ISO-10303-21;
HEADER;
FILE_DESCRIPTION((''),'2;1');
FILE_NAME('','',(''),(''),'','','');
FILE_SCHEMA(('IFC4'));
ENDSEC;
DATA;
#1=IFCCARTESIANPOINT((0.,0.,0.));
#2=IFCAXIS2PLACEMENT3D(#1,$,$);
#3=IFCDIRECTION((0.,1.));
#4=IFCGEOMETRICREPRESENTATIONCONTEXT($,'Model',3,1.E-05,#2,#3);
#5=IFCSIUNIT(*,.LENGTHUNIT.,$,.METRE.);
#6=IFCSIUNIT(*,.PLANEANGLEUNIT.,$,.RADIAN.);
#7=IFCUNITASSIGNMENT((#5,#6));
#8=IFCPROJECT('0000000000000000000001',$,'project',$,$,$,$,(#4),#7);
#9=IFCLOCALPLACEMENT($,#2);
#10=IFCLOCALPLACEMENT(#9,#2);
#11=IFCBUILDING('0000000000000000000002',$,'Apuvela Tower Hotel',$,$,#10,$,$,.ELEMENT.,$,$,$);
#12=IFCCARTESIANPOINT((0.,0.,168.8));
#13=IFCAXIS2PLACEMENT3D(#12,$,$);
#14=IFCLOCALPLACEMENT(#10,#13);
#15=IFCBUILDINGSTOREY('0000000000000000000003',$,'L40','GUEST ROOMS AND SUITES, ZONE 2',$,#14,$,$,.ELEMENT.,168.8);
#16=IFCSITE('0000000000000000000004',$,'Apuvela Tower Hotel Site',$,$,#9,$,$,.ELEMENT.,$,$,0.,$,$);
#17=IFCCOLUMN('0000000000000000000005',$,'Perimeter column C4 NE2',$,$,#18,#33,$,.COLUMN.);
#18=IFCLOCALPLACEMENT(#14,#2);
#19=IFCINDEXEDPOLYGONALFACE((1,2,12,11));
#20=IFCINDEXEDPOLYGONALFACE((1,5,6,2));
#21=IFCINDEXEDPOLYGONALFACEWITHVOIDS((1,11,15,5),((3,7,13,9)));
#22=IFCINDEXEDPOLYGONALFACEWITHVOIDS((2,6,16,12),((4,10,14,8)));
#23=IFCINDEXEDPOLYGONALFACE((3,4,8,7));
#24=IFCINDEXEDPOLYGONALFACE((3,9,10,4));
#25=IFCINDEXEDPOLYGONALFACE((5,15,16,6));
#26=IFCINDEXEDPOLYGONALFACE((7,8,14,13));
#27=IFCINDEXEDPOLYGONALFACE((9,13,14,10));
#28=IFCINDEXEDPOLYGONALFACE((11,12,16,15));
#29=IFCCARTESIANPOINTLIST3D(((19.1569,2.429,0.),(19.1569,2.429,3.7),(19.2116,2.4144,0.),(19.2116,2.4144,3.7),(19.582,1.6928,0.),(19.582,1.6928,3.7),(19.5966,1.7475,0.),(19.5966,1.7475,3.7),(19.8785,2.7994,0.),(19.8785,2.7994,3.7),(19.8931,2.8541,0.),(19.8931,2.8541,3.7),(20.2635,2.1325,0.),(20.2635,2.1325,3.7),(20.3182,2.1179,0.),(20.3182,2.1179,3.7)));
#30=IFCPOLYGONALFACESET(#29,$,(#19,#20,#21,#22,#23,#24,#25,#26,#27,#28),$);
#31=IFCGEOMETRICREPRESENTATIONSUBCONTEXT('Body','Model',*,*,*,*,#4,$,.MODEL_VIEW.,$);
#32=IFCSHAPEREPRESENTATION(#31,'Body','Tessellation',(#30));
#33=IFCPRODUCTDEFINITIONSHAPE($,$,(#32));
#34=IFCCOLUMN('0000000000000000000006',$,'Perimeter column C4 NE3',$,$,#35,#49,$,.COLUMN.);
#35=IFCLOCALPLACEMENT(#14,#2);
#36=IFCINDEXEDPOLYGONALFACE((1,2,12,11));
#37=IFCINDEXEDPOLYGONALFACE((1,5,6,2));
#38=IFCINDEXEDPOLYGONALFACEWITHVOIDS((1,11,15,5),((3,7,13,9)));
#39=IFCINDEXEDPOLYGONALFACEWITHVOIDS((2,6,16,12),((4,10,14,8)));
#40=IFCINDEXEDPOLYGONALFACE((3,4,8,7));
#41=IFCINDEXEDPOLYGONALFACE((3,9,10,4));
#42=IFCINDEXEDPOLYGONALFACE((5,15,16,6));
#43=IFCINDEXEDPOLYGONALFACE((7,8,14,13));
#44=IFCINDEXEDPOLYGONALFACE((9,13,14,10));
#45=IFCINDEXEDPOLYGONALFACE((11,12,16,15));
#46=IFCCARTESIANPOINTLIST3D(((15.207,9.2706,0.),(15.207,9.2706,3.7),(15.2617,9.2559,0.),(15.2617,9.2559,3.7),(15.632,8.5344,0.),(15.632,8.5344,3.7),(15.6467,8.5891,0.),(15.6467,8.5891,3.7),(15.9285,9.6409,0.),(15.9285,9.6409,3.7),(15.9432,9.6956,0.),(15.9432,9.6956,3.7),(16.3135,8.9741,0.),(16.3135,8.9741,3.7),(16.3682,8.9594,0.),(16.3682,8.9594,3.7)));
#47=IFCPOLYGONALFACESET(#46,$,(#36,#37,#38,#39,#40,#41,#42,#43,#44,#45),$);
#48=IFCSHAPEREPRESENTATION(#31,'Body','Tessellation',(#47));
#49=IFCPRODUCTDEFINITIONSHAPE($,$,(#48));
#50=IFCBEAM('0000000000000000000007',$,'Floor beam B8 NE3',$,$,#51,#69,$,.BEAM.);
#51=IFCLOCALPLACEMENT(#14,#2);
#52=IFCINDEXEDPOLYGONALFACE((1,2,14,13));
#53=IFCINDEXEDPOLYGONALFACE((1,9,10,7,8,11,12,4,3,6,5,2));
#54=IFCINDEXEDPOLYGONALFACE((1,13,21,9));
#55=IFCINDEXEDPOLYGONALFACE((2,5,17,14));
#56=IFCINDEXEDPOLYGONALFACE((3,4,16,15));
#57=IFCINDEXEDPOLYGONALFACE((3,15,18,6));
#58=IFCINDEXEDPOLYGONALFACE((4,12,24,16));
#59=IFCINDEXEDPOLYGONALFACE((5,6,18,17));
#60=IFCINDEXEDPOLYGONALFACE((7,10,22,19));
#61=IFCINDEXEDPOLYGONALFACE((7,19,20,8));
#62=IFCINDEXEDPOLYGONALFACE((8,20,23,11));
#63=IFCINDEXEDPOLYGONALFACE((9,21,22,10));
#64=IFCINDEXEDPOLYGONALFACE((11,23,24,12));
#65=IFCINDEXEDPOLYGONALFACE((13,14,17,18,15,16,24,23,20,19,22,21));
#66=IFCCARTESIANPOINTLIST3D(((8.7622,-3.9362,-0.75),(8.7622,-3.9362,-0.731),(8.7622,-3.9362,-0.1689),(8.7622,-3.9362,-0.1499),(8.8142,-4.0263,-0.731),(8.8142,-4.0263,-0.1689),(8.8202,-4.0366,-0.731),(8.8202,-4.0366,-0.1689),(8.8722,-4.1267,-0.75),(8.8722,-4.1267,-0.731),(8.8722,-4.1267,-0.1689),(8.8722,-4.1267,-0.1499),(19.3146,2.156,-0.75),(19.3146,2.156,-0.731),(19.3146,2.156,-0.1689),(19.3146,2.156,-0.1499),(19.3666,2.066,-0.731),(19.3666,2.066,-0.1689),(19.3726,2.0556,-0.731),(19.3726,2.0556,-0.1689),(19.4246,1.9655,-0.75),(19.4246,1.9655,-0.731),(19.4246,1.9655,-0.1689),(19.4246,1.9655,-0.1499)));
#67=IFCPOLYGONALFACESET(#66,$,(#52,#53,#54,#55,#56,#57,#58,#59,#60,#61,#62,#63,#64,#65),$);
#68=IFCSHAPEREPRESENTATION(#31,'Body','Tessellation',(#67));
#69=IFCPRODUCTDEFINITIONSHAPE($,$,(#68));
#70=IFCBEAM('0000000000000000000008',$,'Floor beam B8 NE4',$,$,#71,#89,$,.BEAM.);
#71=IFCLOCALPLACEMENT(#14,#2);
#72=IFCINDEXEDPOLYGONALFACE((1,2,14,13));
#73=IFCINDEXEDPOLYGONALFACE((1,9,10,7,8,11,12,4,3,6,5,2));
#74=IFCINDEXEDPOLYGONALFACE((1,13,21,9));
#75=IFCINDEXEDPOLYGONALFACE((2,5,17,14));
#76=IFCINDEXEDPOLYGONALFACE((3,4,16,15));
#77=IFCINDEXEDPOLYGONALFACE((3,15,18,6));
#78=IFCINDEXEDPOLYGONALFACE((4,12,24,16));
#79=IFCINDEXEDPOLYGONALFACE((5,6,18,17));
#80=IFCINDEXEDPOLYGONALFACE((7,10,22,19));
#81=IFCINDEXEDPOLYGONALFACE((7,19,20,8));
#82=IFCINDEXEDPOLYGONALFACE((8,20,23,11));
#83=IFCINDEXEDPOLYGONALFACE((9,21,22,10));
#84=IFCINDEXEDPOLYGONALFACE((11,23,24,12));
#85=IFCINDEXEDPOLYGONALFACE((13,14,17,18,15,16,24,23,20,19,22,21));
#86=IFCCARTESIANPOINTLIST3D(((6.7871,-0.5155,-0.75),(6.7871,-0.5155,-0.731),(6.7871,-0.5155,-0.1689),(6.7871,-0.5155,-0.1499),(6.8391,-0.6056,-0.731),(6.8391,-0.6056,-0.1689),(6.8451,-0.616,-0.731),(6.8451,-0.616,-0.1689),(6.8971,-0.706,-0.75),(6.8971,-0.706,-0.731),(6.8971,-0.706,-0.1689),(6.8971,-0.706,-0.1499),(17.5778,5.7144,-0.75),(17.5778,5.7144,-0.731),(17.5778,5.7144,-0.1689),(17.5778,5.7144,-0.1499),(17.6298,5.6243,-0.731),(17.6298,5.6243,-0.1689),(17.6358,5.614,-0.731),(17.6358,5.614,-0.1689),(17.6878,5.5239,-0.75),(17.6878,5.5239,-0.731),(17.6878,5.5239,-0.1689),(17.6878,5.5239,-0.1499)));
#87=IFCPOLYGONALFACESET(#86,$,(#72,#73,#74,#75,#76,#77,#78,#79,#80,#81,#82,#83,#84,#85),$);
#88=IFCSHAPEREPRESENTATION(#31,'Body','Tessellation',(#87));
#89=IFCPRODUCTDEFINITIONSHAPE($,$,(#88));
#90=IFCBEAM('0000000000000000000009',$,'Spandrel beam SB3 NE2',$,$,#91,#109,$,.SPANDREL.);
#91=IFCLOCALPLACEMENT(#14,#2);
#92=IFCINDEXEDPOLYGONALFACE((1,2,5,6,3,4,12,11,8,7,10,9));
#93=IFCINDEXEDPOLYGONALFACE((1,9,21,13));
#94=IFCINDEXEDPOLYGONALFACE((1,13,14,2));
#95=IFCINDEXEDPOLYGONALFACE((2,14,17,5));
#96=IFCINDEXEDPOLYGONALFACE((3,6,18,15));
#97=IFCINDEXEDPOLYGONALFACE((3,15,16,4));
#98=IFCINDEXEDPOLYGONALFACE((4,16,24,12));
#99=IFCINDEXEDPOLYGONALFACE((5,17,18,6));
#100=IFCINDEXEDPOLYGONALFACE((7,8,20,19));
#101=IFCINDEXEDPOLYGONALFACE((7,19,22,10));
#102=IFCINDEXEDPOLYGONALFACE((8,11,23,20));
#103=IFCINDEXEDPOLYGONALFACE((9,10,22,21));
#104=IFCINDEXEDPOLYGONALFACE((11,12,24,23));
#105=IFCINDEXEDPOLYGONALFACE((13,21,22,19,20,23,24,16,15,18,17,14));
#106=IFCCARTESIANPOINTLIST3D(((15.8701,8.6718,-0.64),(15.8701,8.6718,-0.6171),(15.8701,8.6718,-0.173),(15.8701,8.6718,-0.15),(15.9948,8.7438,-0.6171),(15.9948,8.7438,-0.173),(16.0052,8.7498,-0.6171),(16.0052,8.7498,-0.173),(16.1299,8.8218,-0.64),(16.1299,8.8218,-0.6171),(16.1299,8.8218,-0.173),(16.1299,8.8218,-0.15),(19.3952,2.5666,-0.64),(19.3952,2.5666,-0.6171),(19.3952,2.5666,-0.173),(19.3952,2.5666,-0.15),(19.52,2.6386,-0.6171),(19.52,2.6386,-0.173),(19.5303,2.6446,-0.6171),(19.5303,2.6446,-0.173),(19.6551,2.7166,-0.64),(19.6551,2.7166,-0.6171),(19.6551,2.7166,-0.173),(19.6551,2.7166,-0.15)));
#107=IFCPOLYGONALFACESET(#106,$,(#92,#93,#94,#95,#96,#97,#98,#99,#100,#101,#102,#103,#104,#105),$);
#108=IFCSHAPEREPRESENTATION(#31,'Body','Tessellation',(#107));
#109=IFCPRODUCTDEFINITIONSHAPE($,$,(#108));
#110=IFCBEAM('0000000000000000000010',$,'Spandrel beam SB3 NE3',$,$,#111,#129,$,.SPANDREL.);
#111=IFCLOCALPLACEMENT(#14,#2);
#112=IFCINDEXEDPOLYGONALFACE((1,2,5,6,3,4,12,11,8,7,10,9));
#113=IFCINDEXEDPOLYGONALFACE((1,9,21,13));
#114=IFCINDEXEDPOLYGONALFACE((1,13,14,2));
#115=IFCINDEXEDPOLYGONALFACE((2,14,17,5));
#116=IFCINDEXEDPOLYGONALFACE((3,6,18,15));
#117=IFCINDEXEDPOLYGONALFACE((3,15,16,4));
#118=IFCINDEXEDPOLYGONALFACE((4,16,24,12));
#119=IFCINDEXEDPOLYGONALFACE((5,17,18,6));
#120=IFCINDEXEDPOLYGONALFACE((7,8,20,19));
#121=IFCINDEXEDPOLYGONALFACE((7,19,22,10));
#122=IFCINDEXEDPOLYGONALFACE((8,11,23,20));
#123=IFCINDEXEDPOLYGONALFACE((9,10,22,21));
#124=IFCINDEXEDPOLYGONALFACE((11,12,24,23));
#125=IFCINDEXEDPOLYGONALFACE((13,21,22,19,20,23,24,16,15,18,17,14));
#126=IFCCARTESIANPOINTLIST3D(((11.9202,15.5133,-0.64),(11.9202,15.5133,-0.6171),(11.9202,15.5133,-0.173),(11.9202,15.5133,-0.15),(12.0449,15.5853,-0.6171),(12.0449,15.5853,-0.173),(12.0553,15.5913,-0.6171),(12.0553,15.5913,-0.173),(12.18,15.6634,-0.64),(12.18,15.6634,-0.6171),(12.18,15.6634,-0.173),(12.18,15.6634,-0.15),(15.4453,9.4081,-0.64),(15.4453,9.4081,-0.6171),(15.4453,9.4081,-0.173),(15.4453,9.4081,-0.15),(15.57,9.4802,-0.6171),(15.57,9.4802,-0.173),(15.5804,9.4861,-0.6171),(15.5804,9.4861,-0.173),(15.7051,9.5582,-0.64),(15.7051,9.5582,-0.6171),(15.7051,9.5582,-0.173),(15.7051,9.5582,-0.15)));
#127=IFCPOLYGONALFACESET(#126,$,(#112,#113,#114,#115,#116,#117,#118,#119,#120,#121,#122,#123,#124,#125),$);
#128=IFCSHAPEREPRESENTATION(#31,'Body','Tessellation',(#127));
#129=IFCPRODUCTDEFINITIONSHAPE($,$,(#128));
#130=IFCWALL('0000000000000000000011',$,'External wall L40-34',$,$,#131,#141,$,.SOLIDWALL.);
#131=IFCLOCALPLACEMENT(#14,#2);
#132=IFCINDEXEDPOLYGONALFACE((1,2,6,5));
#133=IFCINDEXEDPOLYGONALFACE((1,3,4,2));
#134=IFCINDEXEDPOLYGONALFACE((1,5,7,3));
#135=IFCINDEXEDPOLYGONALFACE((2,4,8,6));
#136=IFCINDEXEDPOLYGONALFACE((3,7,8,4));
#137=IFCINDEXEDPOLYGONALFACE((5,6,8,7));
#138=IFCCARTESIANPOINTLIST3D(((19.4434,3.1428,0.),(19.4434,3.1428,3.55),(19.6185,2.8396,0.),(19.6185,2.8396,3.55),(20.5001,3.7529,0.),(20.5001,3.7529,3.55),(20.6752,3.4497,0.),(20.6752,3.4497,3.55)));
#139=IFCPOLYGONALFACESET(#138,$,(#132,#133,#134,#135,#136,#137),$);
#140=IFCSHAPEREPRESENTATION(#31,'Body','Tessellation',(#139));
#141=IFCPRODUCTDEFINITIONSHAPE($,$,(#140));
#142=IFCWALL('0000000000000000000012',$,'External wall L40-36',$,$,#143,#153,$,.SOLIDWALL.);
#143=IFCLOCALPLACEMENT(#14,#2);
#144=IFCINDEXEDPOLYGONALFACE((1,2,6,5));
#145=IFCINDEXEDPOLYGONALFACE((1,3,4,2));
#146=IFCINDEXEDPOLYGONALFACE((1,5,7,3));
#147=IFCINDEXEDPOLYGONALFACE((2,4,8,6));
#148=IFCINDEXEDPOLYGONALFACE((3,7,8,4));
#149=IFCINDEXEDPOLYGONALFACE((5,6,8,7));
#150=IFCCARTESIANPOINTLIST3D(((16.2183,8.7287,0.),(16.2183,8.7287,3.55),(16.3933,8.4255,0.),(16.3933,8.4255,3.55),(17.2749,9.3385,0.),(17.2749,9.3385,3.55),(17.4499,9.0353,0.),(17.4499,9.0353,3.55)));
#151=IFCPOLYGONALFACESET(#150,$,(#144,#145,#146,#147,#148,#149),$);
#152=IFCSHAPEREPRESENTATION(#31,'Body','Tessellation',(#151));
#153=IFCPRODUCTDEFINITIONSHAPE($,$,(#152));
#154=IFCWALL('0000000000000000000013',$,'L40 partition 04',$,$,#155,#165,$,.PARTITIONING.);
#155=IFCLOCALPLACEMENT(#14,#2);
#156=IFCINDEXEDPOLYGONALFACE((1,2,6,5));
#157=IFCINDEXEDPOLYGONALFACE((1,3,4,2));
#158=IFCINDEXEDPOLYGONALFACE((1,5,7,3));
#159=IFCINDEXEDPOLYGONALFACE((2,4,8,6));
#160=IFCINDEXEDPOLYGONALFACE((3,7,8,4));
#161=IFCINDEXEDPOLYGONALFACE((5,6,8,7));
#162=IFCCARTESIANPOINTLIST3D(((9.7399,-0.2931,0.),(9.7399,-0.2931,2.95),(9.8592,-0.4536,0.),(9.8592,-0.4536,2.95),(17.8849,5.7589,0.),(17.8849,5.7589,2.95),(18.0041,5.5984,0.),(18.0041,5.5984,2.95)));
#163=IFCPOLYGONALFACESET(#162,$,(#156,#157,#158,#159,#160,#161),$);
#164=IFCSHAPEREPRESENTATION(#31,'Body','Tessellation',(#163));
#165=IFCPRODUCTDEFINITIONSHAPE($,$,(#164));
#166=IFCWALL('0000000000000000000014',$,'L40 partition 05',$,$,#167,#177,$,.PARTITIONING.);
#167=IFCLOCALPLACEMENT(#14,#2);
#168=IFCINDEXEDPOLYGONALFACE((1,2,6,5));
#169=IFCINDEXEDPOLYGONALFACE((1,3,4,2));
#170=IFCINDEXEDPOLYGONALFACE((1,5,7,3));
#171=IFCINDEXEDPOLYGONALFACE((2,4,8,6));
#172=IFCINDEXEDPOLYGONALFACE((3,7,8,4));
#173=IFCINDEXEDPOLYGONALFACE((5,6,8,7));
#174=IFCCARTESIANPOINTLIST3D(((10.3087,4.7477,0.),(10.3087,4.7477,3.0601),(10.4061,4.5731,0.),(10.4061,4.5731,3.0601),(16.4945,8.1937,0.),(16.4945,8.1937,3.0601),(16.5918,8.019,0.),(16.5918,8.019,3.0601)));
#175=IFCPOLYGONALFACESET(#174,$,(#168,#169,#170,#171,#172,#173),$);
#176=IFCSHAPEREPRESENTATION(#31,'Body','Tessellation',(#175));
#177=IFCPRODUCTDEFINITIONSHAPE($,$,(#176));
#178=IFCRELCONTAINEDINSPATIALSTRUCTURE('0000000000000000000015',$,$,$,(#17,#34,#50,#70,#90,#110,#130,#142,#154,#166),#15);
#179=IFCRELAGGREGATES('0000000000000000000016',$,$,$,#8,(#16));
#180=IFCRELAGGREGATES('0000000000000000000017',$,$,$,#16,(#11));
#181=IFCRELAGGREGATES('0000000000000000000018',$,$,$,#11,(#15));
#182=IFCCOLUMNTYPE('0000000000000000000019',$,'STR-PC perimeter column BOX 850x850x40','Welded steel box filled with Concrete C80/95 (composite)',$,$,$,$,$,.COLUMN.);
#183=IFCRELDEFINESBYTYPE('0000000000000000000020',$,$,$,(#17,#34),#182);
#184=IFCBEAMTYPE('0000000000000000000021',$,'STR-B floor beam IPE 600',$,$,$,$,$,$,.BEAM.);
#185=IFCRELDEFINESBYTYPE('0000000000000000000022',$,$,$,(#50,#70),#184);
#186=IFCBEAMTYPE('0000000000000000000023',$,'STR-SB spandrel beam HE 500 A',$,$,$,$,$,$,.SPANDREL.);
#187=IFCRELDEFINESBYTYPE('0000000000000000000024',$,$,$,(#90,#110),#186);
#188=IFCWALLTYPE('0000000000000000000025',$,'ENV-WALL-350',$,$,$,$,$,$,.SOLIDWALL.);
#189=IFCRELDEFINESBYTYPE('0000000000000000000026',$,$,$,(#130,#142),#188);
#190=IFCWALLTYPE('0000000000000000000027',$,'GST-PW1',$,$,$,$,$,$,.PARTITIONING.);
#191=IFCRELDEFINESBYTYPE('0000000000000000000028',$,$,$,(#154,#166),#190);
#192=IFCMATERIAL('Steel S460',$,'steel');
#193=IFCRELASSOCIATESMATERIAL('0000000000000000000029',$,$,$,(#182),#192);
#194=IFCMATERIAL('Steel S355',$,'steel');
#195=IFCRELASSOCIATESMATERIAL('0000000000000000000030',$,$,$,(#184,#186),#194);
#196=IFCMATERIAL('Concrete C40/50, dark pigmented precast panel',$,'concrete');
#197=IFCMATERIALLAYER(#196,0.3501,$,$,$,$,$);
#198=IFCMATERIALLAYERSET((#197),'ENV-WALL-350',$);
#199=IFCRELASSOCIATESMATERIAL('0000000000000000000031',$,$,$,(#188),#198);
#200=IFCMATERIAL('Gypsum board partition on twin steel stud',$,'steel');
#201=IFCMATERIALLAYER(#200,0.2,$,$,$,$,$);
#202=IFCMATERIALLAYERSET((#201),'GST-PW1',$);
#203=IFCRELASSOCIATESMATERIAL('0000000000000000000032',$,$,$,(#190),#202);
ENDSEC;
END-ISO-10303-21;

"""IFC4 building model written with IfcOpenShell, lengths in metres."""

from ifc_helpers import new_model, si_unit, direction, frame, frame_2d, origin, origin_2d, place, context, subcontext, project, spatial, rectangle, hollow_rectangle, i_section, extrude, material, layer, layer_set, material_profile, profile_set, type_object, element, save


model = new_model("IFC4")

# Units and contexts
model_context = context("Model", 3, precision=1e-05, world=origin(), true_north=direction((0.0, 1.0)))
body_context = subcontext(model_context, "Body", "Model", "MODEL_VIEW")
ifc_project = project(units=[si_unit("LENGTHUNIT", "METRE"), si_unit("PLANEANGLEUNIT", "RADIAN")], contexts=[model_context])

# Site, building, storey
site_placement = place(None, origin())
site = spatial("IfcSite", under=ifc_project, at=site_placement, Name="Apuvela Tower Hotel Site", CompositionType="ELEMENT", RefElevation=0.0)
building_placement = place(site_placement, origin())
building = spatial("IfcBuilding", under=site, at=building_placement, Name="Apuvela Tower Hotel", CompositionType="ELEMENT")
storey_placement = place(building_placement, frame((0.0, 0.0, 168.8)))
storey = spatial("IfcBuildingStorey", under=building, at=storey_placement, Name="L40", Description="GUEST ROOMS AND SUITES, ZONE 2", CompositionType="ELEMENT", Elevation=168.8)

# Columns
ifc_material_1 = material(Name="Steel S460", Category="steel")
ifc_material_profile_1 = material_profile(ifc_material_1, hollow_rectangle(XDim=0.8501, YDim=0.8501, WallThickness=0.04, at=origin_2d()), Name="BOX 850x850x40")
ifc_material_2 = material(Name="Concrete C80/95", Category="concrete")
ifc_material_profile_2 = material_profile(ifc_material_2, rectangle(XDim=0.77, YDim=0.77, at=origin_2d()), Name="Concrete C80/95 infill")
ifc_profile_set_1 = profile_set([ifc_material_profile_1, ifc_material_profile_2], Name="Steel S460")
column_type = type_object("IfcColumnType", Name="STR-PC perimeter column BOX 850x850x40", Description="Welded steel box filled with Concrete C80/95 (composite)", PredefinedType="COLUMN", material=ifc_profile_set_1)
for number, where, z_axis, x_axis, name in (
    (1, (19.7375, 2.2734, 0.0), (0.0, 0.0, 1.0), (-0.5, 0.866025, 0.0), "Perimeter column C4 NE2"),
    (2, (15.7876, 9.115, 0.0), (0.0, 0.0, 1.0), (-0.5, 0.866025, 0.0), "Perimeter column C4 NE3"),
):
    element("IfcColumn", number, at=place(storey_placement, frame(where, z_axis=z_axis, x_axis=x_axis)), inside=storey, type_object=column_type, Name=name, PredefinedType="COLUMN", context=body_context, shape_type="SweptSolid", body=[
        extrude(hollow_rectangle(XDim=0.8501, YDim=0.8501, WallThickness=0.04, at=origin_2d()), origin(), (0.0, 0.0, 1.0), 3.7),
    ])

# Beams
ifc_material_3 = material(Name="Steel S355", Category="steel")
ifc_material_profile_3 = material_profile(ifc_material_3, i_section(OverallWidth=0.22, OverallDepth=0.6001, WebThickness=0.012, FlangeThickness=0.019, at=origin_2d()), Name="IPE 600")
ifc_profile_set_2 = profile_set([ifc_material_profile_3], Name="Steel S355")
beam_type_1 = type_object("IfcBeamType", Name="STR-B floor beam IPE 600", PredefinedType="BEAM", material=ifc_profile_set_2)
beam_1_placement = place(storey_placement, frame((19.3696, 2.0608, -0.45), z_axis=(-0.866032, -0.499988, 0.0), x_axis=(0.499988, -0.866032, 0.0)))
element("IfcBeam", 3, at=beam_1_placement, inside=storey, type_object=beam_type_1, Name="Floor beam B8 NE3", PredefinedType="BEAM", context=body_context, shape_type="SweptSolid", body=[
    extrude(i_section(OverallWidth=0.22, OverallDepth=0.6001, WebThickness=0.012, FlangeThickness=0.019, at=origin_2d()), origin(), (0.0, 0.0, 1.0), 12.1848),
])
beam_2_placement = place(storey_placement, frame((17.6328, 5.6191, -0.45), z_axis=(-0.866028, -0.499996, 0.0), x_axis=(0.499996, -0.866028, 0.0)))
element("IfcBeam", 4, at=beam_2_placement, inside=storey, type_object=beam_type_1, Name="Floor beam B8 NE4", PredefinedType="BEAM", context=body_context, shape_type="SweptSolid", body=[
    extrude(i_section(OverallWidth=0.22, OverallDepth=0.6001, WebThickness=0.012, FlangeThickness=0.019, at=origin_2d()), origin(), (0.0, 0.0, 1.0), 12.46),
])
ifc_material_profile_4 = material_profile(ifc_material_3, i_section(OverallWidth=0.3, OverallDepth=0.49, WebThickness=0.012, FlangeThickness=0.0229, at=origin_2d()), Name="HE 500 A")
ifc_profile_set_3 = profile_set([ifc_material_profile_4], Name="Steel S355")
beam_type_2 = type_object("IfcBeamType", Name="STR-SB spandrel beam HE 500 A", PredefinedType="SPANDREL", material=ifc_profile_set_3)
for number, where, z_axis, x_axis, name in (
    (5, (19.5251, 2.6416, -0.395), (-0.500031, 0.866007, 0.0), (-0.866007, -0.500031, 0.0), "Spandrel beam SB3 NE2"),
    (6, (15.5752, 9.4832, -0.395), (-0.500031, 0.866007, 0.0), (-0.866007, -0.500031, 0.0), "Spandrel beam SB3 NE3"),
):
    element("IfcBeam", number, at=place(storey_placement, frame(where, z_axis=z_axis, x_axis=x_axis)), inside=storey, type_object=beam_type_2, Name=name, PredefinedType="SPANDREL", context=body_context, shape_type="SweptSolid", body=[
        extrude(i_section(OverallWidth=0.3, OverallDepth=0.49, WebThickness=0.012, FlangeThickness=0.0229, at=origin_2d()), origin(), (0.0, 0.0, 1.0), 7.0498),
    ])

# Wall
ifc_material_4 = material(Name="Concrete C40/50, dark pigmented precast panel", Category="concrete")
ifc_layer_1 = layer(ifc_material_4, 0.3501)
ifc_layer_set_1 = layer_set([ifc_layer_1], Name="ENV-WALL-350")
wall_type_1 = type_object("IfcWallType", Name="ENV-WALL-350", PredefinedType="SOLIDWALL", material=ifc_layer_set_1)
wall_1_placement = place(storey_placement, frame((20.5876, 3.6013, 0.0), z_axis=(0.0, 0.0, 1.0), x_axis=(-0.866006, -0.500034, 0.0)))
element("IfcWall", 7, at=wall_1_placement, inside=storey, type_object=wall_type_1, Name="External wall L40-34", PredefinedType="SOLIDWALL", context=body_context, shape_type="SweptSolid", body=[
    extrude(rectangle(XDim=1.2202, YDim=0.3501, at=frame_2d((0.6101, 0.0))), origin(), (0.0, 0.0, 1.0), 3.55),
])

# Wall
wall_2_placement = place(storey_placement, frame((16.3059, 8.5771, 0.0), z_axis=(0.0, 0.0, 1.0), x_axis=(0.866092, 0.499884, 0.0)))
element("IfcWall", 8, at=wall_2_placement, inside=storey, type_object=wall_type_1, Name="External wall L40-36", PredefinedType="SOLIDWALL", context=body_context, shape_type="SweptSolid", body=[
    extrude(rectangle(XDim=1.22, YDim=0.3501, at=frame_2d((0.6099, 0.0))), origin(), (0.0, 0.0, 1.0), 3.55),
])

# Walls
ifc_material_5 = material(Name="Gypsum board partition on twin steel stud", Category="steel")
ifc_layer_2 = layer(ifc_material_5, 0.2)
ifc_layer_set_2 = layer_set([ifc_layer_2], Name="GST-PW1")
wall_type_2 = type_object("IfcWallType", Name="GST-PW1", PredefinedType="PARTITIONING", material=ifc_layer_set_2)
wall_3_placement = place(storey_placement, frame((17.9446, 5.6787, 0.0), z_axis=(0.0, 0.0, 1.0), x_axis=(-0.802677, -0.596414, 0.0)))
element("IfcWall", 9, at=wall_3_placement, inside=storey, type_object=wall_type_2, Name="L40 partition 04", PredefinedType="PARTITIONING", context=body_context, shape_type="SweptSolid", body=[
    extrude(rectangle(XDim=10.1472, YDim=0.2, at=frame_2d((5.0737, 0.0))), origin(), (0.0, 0.0, 1.0), 2.95),
])
wall_4_placement = place(storey_placement, frame((16.5432, 8.1064, 0.0), z_axis=(0.0, 0.0, 1.0), x_axis=(-0.873587, -0.486667, 0.0)))
element("IfcWall", 10, at=wall_4_placement, inside=storey, type_object=wall_type_2, Name="L40 partition 05", PredefinedType="PARTITIONING", context=body_context, shape_type="SweptSolid", body=[
    extrude(rectangle(XDim=7.0808, YDim=0.2, at=frame_2d((3.5405, 0.0))), origin(), (0.0, 0.0, 1.0), 3.0601),
])

save(model, "model.ifc")
